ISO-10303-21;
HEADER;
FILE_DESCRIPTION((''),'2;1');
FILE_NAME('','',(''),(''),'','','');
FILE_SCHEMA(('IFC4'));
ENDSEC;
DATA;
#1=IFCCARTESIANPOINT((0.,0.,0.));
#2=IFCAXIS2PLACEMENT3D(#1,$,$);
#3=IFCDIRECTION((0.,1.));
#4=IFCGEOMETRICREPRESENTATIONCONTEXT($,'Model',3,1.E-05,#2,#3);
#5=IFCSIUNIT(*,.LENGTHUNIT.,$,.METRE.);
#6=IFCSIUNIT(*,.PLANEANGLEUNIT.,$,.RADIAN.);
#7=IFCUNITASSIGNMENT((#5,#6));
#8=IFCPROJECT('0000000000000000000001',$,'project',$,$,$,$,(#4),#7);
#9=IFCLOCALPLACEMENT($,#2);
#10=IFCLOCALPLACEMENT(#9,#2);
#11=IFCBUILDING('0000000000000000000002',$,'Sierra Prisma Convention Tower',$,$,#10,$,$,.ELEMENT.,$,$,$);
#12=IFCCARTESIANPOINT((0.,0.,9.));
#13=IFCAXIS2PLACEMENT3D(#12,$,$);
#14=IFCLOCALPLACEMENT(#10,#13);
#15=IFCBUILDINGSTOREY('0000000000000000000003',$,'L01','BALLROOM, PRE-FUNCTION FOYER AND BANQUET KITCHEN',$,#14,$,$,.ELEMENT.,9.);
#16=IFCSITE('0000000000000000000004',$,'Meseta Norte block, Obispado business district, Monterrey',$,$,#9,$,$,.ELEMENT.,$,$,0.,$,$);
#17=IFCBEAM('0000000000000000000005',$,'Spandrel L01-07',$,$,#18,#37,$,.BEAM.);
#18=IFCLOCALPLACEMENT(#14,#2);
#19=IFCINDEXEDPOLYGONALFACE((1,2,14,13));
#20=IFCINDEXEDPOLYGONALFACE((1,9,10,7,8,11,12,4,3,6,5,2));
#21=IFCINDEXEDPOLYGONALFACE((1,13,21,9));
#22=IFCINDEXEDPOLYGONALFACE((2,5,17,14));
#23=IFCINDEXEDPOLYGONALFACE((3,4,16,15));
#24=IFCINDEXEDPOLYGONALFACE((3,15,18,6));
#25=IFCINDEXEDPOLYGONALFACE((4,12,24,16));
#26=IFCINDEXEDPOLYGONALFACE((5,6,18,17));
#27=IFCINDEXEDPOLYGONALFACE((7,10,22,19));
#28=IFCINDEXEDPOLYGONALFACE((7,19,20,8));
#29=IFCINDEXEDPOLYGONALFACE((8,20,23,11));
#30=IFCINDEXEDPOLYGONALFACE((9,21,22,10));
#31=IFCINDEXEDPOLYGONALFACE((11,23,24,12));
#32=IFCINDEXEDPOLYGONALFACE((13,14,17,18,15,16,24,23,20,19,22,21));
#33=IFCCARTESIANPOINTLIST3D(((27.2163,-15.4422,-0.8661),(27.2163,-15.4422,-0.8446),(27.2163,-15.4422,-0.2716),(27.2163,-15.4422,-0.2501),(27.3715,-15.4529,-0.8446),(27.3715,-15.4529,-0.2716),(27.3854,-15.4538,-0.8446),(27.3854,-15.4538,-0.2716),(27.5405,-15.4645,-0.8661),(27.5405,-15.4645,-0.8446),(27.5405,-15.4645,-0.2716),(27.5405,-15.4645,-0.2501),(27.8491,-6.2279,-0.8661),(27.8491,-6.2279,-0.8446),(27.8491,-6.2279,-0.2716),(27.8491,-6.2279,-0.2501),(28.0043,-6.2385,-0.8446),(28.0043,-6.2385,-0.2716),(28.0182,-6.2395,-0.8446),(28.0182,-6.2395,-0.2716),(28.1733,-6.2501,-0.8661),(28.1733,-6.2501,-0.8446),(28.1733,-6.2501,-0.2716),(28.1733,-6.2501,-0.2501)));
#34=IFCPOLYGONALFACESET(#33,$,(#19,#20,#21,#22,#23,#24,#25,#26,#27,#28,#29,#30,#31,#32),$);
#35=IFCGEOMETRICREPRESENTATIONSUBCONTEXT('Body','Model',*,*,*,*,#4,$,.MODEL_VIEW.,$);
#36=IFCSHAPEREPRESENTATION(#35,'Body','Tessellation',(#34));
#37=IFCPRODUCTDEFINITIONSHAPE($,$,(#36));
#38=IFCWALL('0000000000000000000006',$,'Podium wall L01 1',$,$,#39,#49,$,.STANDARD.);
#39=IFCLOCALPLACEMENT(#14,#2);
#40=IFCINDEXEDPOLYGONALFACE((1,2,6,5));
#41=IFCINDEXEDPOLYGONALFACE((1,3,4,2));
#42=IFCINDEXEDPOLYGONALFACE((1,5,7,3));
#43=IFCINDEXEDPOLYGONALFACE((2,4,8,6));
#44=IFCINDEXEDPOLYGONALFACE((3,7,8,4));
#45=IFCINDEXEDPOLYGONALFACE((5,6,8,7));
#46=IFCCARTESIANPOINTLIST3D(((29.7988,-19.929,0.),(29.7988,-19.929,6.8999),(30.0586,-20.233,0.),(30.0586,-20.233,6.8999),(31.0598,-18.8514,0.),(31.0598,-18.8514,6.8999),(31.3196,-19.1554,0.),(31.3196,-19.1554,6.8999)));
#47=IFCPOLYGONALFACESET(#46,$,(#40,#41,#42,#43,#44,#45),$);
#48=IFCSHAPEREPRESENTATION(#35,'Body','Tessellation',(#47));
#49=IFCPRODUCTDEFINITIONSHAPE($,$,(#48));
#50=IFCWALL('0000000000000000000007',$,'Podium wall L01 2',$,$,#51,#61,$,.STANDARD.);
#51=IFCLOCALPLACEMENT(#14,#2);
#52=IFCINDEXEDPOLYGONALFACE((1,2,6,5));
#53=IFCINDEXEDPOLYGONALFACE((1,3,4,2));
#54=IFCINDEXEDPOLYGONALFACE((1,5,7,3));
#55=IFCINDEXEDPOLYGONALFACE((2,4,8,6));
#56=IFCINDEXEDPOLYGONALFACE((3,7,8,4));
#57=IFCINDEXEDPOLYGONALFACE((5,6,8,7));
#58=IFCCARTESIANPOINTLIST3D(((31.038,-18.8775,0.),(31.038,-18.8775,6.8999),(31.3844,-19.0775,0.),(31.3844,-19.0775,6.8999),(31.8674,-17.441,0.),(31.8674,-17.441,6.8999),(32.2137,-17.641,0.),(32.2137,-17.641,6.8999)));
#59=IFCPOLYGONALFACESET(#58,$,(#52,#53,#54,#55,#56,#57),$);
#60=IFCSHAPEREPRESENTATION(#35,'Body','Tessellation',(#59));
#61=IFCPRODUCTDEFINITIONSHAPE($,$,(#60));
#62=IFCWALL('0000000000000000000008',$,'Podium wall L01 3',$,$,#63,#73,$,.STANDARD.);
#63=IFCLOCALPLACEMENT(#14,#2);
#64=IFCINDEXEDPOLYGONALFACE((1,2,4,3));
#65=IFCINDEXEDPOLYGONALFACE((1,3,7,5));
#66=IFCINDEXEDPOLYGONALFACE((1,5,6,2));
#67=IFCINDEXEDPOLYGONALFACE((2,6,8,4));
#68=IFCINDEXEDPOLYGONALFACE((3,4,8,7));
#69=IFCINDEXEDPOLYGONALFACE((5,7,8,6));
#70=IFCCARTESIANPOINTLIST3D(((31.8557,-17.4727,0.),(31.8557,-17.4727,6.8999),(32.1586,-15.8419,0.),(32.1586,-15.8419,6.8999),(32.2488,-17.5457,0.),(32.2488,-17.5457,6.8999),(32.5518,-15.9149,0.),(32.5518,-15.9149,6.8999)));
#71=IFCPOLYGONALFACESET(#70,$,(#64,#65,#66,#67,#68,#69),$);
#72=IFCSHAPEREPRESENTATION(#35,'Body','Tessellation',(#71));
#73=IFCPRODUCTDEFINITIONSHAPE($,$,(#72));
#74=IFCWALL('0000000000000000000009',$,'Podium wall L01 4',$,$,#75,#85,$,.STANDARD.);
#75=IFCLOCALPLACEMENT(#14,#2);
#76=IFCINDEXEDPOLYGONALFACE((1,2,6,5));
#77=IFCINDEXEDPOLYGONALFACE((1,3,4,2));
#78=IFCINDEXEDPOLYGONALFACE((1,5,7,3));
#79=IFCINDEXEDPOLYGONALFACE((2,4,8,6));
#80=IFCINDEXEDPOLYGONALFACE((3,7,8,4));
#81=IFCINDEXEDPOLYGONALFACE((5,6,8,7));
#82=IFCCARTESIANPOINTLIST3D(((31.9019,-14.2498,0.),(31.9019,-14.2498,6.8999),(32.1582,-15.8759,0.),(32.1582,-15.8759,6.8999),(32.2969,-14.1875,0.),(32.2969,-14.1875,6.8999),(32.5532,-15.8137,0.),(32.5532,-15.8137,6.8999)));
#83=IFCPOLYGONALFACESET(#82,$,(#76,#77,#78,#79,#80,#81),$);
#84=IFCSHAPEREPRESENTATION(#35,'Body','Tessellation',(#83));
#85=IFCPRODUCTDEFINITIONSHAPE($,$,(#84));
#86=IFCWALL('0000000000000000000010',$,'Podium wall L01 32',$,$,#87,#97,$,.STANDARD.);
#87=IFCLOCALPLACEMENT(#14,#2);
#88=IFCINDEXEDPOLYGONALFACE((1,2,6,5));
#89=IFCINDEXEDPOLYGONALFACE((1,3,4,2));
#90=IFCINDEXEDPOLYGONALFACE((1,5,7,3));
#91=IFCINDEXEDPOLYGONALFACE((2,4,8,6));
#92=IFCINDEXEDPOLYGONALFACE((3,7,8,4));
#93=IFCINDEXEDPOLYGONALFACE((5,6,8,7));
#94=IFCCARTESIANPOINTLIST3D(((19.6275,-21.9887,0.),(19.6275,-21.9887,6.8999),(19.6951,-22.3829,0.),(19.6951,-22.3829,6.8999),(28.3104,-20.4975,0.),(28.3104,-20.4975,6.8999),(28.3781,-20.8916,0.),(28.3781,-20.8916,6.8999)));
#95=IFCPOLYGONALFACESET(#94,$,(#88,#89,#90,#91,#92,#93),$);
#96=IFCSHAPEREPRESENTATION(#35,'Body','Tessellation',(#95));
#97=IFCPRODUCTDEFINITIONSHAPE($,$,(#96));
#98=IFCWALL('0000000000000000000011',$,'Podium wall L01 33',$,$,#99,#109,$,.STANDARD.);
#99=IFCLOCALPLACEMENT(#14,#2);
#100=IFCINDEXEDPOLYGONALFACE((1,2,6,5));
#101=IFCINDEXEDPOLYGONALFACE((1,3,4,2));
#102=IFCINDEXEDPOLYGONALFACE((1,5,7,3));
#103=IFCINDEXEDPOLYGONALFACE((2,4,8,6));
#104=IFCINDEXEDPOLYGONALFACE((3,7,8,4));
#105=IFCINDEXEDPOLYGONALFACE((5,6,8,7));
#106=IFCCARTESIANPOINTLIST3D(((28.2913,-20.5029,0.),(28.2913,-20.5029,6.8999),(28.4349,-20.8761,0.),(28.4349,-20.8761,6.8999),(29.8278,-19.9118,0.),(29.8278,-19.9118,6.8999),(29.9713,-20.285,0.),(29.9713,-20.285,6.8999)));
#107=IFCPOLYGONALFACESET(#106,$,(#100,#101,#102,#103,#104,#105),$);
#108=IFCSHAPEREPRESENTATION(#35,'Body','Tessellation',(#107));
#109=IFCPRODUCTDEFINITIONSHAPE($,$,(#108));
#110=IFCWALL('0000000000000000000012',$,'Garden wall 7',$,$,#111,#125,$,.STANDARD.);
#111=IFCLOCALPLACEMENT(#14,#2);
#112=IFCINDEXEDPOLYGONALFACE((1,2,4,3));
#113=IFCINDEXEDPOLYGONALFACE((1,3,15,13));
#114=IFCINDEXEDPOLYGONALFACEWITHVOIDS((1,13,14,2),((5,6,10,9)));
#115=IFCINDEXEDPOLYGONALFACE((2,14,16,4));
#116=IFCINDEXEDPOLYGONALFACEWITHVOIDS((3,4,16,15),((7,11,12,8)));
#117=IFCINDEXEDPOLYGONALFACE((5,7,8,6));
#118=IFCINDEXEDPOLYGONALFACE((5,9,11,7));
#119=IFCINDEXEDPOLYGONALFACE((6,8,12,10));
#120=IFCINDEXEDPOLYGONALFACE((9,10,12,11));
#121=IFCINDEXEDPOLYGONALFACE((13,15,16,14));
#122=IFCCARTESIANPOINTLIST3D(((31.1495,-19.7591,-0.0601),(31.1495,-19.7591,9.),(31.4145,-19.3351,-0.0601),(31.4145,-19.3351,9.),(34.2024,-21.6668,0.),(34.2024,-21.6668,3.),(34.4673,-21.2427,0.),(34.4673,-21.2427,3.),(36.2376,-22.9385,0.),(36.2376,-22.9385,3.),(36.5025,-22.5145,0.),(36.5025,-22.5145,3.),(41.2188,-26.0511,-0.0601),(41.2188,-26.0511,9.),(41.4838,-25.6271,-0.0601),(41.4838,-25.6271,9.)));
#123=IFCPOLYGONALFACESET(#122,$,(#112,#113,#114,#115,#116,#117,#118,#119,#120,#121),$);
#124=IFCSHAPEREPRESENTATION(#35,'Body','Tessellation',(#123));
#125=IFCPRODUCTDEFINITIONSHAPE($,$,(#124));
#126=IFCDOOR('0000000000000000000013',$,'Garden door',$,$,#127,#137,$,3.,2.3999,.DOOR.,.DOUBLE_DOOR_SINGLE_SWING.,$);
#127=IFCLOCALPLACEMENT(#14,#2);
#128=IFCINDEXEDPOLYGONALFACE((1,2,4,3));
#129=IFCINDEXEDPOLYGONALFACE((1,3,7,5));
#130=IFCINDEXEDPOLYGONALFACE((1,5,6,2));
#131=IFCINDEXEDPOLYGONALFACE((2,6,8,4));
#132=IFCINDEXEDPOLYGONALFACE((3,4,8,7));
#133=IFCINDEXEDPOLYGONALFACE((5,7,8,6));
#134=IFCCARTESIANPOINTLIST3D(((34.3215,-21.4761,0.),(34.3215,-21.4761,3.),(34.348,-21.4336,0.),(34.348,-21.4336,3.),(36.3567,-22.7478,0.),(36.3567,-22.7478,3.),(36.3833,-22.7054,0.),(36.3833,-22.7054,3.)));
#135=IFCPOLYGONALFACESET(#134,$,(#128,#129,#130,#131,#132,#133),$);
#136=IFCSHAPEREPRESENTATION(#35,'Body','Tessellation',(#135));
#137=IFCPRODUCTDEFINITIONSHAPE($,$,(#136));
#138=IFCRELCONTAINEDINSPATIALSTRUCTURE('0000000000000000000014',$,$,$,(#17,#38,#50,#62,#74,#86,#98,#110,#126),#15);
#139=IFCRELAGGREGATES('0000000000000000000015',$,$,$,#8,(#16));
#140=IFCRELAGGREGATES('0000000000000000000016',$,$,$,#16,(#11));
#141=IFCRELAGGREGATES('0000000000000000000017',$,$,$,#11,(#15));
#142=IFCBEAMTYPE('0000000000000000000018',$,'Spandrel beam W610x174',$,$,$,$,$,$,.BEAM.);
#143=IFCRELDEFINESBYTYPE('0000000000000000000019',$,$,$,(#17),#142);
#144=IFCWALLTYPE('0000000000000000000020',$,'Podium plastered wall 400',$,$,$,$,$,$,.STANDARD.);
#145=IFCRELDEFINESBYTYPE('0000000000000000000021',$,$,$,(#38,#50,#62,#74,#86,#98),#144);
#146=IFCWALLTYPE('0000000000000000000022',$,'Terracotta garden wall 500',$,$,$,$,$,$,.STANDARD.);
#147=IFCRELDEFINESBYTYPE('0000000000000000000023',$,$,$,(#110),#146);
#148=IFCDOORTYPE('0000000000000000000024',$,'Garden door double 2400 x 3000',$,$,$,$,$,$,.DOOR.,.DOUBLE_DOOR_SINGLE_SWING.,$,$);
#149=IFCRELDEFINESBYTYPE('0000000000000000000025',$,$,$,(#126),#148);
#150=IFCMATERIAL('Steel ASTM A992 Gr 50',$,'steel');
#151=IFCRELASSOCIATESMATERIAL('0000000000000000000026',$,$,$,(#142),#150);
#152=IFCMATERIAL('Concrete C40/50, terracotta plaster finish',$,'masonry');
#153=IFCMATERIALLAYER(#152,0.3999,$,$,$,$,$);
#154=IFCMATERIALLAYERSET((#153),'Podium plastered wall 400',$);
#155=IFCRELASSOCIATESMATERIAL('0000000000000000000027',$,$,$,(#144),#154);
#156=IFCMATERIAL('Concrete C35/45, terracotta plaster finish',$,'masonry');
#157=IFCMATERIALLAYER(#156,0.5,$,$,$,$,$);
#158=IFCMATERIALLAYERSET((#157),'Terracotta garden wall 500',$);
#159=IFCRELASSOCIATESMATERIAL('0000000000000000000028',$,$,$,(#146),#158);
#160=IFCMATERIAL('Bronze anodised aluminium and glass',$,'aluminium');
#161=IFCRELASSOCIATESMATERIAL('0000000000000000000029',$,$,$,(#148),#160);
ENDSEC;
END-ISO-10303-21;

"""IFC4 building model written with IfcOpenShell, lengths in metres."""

from ifc_helpers import new_model, si_unit, direction, frame, frame_2d, origin, origin_2d, place, context, subcontext, project, spatial, rectangle, i_section, extrude, material, layer, layer_set, material_profile, profile_set, type_object, element, fill, save


model = new_model("IFC4")

# Units and contexts
model_context = context("Model", 3, precision=1e-05, world=origin(), true_north=direction((0.0, 1.0)))
body_context = subcontext(model_context, "Body", "Model", "MODEL_VIEW")
ifc_project = project(units=[si_unit("LENGTHUNIT", "METRE"), si_unit("PLANEANGLEUNIT", "RADIAN")], contexts=[model_context])

# Site, building, storey
site_placement = place(None, origin())
site = spatial("IfcSite", under=ifc_project, at=site_placement, Name="Meseta Norte block, Obispado business district, Monterrey", CompositionType="ELEMENT", RefElevation=0.0)
building_placement = place(site_placement, origin())
building = spatial("IfcBuilding", under=site, at=building_placement, Name="Sierra Prisma Convention Tower", CompositionType="ELEMENT")
storey_placement = place(building_placement, frame((0.0, 0.0, 9.0)))
storey = spatial("IfcBuildingStorey", under=building, at=storey_placement, Name="L01", Description="BALLROOM, PRE-FUNCTION FOYER AND BANQUET KITCHEN", CompositionType="ELEMENT", Elevation=9.0)

# Beam
ifc_material_1 = material(Name="Steel ASTM A992 Gr 50", Category="steel")
ifc_material_profile_1 = material_profile(ifc_material_1, i_section(OverallWidth=0.325, OverallDepth=0.616, WebThickness=0.0139, FlangeThickness=0.0215, at=origin_2d()), Name="W610x174")
ifc_profile_set_1 = profile_set([ifc_material_profile_1], Name="Steel ASTM A992 Gr 50")
beam_type_1 = type_object("IfcBeamType", Name="Spandrel beam W610x174", PredefinedType="BEAM", material=ifc_profile_set_1)
beam_1_placement = place(storey_placement, frame((27.3784, -15.4534, -0.5581), z_axis=(0.068515, 0.99765, 0.0), x_axis=(-0.99765, 0.068515, 0.0)))
element("IfcBeam", 1, at=beam_1_placement, inside=storey, type_object=beam_type_1, Name="Spandrel L01-07", PredefinedType="BEAM", context=body_context, shape_type="SweptSolid", body=[
    extrude(i_section(OverallWidth=0.325, OverallDepth=0.616, WebThickness=0.0139, FlangeThickness=0.0215, at=origin_2d()), origin(), (0.0, 0.0, 1.0), 9.2361),
])

# Walls
ifc_material_2 = material(Name="Concrete C40/50, terracotta plaster finish", Category="masonry")
ifc_layer_1 = layer(ifc_material_2, 0.3999)
ifc_layer_set_1 = layer_set([ifc_layer_1], Name="Podium plastered wall 400")
wall_type_1 = type_object("IfcWallType", Name="Podium plastered wall 400", PredefinedType="STANDARD", material=ifc_layer_set_1)
for number, where, z_axis, x_axis, name in (
    (2, (31.1897, -19.0034, 0.0), (0.0, 0.0, 1.0), (-0.760212, -0.649676, 0.0), "Podium wall L01 1"),
    (3, (32.0405, -17.541, 0.0), (0.0, 0.0, 1.0), (-0.499986, -0.866034, 0.0), "Podium wall L01 2"),
    (4, (32.3552, -15.8784, 0.0), (0.0, 0.0, 1.0), (-0.182653, -0.983177, 0.0), "Podium wall L01 3"),
):
    element("IfcWall", number, at=place(storey_placement, frame(where, z_axis=z_axis, x_axis=x_axis)), inside=storey, type_object=wall_type_1, Name=name, PredefinedType="STANDARD", context=body_context, shape_type="SweptSolid", body=[
        extrude(rectangle(XDim=1.6587, YDim=0.3999, at=frame_2d((0.8293, 0.0))), origin(), (0.0, 0.0, 1.0), 6.8999),
    ])
wall_1_placement = place(storey_placement, frame((32.0994, -14.2185, 0.0), z_axis=(0.0, 0.0, 1.0), x_axis=(0.155711, -0.987803, 0.0)))
element("IfcWall", 5, at=wall_1_placement, inside=storey, type_object=wall_type_1, Name="Podium wall L01 4", PredefinedType="STANDARD", context=body_context, shape_type="SweptSolid", body=[
    extrude(rectangle(XDim=1.6462, YDim=0.3999, at=frame_2d((0.8232, 0.0))), origin(), (0.0, 0.0, 1.0), 6.8999),
])
wall_2_placement = place(storey_placement, frame((28.3442, -20.6946, 0.0), z_axis=(0.0, 0.0, 1.0), x_axis=(-0.985571, -0.169264, 0.0)))
element("IfcWall", 6, at=wall_2_placement, inside=storey, type_object=wall_type_1, Name="Podium wall L01 32", PredefinedType="STANDARD", context=body_context, shape_type="SweptSolid", body=[
    extrude(rectangle(XDim=8.8101, YDim=0.3999, at=frame_2d((4.405, 0.0))), origin(), (0.0, 0.0, 1.0), 6.8999),
])
wall_3_placement = place(storey_placement, frame((29.8997, -20.0984, 0.0), z_axis=(0.0, 0.0, 1.0), x_axis=(-0.933315, -0.359059, 0.0)))
element("IfcWall", 7, at=wall_3_placement, inside=storey, type_object=wall_type_1, Name="Podium wall L01 33", PredefinedType="STANDARD", context=body_context, shape_type="SweptSolid", body=[
    extrude(rectangle(XDim=1.6462, YDim=0.3999, at=frame_2d((0.8232, 0.0))), origin(), (0.0, 0.0, 1.0), 6.8999),
])

# Wall, opening, door
ifc_material_3 = material(Name="Concrete C35/45, terracotta plaster finish", Category="masonry")
ifc_layer_2 = layer(ifc_material_3, 0.5)
ifc_layer_set_2 = layer_set([ifc_layer_2], Name="Terracotta garden wall 500")
wall_type_2 = type_object("IfcWallType", Name="Terracotta garden wall 500", PredefinedType="STANDARD", material=ifc_layer_set_2)
wall_4_placement = place(storey_placement, frame((31.282, -19.5471, -0.0601), z_axis=(0.0, 0.0, 1.0), x_axis=(0.848049, -0.529918, 0.0)))
wall_4 = element("IfcWall", 8, at=wall_4_placement, inside=storey, type_object=wall_type_2, Name="Garden wall 7", PredefinedType="STANDARD", context=body_context, shape_type="SweptSolid", body=[
    extrude(rectangle(XDim=11.8735, YDim=0.5, at=frame_2d((5.9368, 0.0))), origin(), (0.0, 0.0, 1.0), 9.0601),
])
opening_1_placement = place(wall_4_placement, frame((3.5999, 0.0, 0.0601)))
opening_1 = element("IfcOpeningElement", 9, at=opening_1_placement, cuts=wall_4, PredefinedType="OPENING", context=body_context, shape_type="SweptSolid", body=[
    extrude(rectangle(XDim=2.3999, YDim=3.0, at=frame_2d((1.2, 1.5))), frame((0.0, 0.25, 0.0), z_axis=(0.0, -1.0, 0.0), x_axis=(1.0, 0.0, 0.0)), (0.0, 0.0, 1.0), 0.5),
])
ifc_material_4 = material(Name="Bronze anodised aluminium and glass", Category="aluminium")
door_type_1 = type_object("IfcDoorType", Name="Garden door double 2400 x 3000", OperationType="DOUBLE_DOOR_SINGLE_SWING", PredefinedType="DOOR", material=ifc_material_4)
door_1_placement = place(opening_1_placement, origin())
door_1 = element("IfcDoor", 10, at=door_1_placement, inside=storey, type_object=door_type_1, Name="Garden door", OperationType="DOUBLE_DOOR_SINGLE_SWING", OverallHeight=3.0, OverallWidth=2.3999, PredefinedType="DOOR", context=body_context, shape_type="SweptSolid", body=[
    extrude(rectangle(XDim=2.3999, YDim=3.0, at=frame_2d((1.2, 1.5))), frame((0.0, 0.0249, 0.0), z_axis=(0.0, -1.0, 0.0), x_axis=(1.0, 0.0, 0.0)), (0.0, 0.0, 1.0), 0.05),
])
fill(opening_1, door_1)

save(model, "model.ifc")
